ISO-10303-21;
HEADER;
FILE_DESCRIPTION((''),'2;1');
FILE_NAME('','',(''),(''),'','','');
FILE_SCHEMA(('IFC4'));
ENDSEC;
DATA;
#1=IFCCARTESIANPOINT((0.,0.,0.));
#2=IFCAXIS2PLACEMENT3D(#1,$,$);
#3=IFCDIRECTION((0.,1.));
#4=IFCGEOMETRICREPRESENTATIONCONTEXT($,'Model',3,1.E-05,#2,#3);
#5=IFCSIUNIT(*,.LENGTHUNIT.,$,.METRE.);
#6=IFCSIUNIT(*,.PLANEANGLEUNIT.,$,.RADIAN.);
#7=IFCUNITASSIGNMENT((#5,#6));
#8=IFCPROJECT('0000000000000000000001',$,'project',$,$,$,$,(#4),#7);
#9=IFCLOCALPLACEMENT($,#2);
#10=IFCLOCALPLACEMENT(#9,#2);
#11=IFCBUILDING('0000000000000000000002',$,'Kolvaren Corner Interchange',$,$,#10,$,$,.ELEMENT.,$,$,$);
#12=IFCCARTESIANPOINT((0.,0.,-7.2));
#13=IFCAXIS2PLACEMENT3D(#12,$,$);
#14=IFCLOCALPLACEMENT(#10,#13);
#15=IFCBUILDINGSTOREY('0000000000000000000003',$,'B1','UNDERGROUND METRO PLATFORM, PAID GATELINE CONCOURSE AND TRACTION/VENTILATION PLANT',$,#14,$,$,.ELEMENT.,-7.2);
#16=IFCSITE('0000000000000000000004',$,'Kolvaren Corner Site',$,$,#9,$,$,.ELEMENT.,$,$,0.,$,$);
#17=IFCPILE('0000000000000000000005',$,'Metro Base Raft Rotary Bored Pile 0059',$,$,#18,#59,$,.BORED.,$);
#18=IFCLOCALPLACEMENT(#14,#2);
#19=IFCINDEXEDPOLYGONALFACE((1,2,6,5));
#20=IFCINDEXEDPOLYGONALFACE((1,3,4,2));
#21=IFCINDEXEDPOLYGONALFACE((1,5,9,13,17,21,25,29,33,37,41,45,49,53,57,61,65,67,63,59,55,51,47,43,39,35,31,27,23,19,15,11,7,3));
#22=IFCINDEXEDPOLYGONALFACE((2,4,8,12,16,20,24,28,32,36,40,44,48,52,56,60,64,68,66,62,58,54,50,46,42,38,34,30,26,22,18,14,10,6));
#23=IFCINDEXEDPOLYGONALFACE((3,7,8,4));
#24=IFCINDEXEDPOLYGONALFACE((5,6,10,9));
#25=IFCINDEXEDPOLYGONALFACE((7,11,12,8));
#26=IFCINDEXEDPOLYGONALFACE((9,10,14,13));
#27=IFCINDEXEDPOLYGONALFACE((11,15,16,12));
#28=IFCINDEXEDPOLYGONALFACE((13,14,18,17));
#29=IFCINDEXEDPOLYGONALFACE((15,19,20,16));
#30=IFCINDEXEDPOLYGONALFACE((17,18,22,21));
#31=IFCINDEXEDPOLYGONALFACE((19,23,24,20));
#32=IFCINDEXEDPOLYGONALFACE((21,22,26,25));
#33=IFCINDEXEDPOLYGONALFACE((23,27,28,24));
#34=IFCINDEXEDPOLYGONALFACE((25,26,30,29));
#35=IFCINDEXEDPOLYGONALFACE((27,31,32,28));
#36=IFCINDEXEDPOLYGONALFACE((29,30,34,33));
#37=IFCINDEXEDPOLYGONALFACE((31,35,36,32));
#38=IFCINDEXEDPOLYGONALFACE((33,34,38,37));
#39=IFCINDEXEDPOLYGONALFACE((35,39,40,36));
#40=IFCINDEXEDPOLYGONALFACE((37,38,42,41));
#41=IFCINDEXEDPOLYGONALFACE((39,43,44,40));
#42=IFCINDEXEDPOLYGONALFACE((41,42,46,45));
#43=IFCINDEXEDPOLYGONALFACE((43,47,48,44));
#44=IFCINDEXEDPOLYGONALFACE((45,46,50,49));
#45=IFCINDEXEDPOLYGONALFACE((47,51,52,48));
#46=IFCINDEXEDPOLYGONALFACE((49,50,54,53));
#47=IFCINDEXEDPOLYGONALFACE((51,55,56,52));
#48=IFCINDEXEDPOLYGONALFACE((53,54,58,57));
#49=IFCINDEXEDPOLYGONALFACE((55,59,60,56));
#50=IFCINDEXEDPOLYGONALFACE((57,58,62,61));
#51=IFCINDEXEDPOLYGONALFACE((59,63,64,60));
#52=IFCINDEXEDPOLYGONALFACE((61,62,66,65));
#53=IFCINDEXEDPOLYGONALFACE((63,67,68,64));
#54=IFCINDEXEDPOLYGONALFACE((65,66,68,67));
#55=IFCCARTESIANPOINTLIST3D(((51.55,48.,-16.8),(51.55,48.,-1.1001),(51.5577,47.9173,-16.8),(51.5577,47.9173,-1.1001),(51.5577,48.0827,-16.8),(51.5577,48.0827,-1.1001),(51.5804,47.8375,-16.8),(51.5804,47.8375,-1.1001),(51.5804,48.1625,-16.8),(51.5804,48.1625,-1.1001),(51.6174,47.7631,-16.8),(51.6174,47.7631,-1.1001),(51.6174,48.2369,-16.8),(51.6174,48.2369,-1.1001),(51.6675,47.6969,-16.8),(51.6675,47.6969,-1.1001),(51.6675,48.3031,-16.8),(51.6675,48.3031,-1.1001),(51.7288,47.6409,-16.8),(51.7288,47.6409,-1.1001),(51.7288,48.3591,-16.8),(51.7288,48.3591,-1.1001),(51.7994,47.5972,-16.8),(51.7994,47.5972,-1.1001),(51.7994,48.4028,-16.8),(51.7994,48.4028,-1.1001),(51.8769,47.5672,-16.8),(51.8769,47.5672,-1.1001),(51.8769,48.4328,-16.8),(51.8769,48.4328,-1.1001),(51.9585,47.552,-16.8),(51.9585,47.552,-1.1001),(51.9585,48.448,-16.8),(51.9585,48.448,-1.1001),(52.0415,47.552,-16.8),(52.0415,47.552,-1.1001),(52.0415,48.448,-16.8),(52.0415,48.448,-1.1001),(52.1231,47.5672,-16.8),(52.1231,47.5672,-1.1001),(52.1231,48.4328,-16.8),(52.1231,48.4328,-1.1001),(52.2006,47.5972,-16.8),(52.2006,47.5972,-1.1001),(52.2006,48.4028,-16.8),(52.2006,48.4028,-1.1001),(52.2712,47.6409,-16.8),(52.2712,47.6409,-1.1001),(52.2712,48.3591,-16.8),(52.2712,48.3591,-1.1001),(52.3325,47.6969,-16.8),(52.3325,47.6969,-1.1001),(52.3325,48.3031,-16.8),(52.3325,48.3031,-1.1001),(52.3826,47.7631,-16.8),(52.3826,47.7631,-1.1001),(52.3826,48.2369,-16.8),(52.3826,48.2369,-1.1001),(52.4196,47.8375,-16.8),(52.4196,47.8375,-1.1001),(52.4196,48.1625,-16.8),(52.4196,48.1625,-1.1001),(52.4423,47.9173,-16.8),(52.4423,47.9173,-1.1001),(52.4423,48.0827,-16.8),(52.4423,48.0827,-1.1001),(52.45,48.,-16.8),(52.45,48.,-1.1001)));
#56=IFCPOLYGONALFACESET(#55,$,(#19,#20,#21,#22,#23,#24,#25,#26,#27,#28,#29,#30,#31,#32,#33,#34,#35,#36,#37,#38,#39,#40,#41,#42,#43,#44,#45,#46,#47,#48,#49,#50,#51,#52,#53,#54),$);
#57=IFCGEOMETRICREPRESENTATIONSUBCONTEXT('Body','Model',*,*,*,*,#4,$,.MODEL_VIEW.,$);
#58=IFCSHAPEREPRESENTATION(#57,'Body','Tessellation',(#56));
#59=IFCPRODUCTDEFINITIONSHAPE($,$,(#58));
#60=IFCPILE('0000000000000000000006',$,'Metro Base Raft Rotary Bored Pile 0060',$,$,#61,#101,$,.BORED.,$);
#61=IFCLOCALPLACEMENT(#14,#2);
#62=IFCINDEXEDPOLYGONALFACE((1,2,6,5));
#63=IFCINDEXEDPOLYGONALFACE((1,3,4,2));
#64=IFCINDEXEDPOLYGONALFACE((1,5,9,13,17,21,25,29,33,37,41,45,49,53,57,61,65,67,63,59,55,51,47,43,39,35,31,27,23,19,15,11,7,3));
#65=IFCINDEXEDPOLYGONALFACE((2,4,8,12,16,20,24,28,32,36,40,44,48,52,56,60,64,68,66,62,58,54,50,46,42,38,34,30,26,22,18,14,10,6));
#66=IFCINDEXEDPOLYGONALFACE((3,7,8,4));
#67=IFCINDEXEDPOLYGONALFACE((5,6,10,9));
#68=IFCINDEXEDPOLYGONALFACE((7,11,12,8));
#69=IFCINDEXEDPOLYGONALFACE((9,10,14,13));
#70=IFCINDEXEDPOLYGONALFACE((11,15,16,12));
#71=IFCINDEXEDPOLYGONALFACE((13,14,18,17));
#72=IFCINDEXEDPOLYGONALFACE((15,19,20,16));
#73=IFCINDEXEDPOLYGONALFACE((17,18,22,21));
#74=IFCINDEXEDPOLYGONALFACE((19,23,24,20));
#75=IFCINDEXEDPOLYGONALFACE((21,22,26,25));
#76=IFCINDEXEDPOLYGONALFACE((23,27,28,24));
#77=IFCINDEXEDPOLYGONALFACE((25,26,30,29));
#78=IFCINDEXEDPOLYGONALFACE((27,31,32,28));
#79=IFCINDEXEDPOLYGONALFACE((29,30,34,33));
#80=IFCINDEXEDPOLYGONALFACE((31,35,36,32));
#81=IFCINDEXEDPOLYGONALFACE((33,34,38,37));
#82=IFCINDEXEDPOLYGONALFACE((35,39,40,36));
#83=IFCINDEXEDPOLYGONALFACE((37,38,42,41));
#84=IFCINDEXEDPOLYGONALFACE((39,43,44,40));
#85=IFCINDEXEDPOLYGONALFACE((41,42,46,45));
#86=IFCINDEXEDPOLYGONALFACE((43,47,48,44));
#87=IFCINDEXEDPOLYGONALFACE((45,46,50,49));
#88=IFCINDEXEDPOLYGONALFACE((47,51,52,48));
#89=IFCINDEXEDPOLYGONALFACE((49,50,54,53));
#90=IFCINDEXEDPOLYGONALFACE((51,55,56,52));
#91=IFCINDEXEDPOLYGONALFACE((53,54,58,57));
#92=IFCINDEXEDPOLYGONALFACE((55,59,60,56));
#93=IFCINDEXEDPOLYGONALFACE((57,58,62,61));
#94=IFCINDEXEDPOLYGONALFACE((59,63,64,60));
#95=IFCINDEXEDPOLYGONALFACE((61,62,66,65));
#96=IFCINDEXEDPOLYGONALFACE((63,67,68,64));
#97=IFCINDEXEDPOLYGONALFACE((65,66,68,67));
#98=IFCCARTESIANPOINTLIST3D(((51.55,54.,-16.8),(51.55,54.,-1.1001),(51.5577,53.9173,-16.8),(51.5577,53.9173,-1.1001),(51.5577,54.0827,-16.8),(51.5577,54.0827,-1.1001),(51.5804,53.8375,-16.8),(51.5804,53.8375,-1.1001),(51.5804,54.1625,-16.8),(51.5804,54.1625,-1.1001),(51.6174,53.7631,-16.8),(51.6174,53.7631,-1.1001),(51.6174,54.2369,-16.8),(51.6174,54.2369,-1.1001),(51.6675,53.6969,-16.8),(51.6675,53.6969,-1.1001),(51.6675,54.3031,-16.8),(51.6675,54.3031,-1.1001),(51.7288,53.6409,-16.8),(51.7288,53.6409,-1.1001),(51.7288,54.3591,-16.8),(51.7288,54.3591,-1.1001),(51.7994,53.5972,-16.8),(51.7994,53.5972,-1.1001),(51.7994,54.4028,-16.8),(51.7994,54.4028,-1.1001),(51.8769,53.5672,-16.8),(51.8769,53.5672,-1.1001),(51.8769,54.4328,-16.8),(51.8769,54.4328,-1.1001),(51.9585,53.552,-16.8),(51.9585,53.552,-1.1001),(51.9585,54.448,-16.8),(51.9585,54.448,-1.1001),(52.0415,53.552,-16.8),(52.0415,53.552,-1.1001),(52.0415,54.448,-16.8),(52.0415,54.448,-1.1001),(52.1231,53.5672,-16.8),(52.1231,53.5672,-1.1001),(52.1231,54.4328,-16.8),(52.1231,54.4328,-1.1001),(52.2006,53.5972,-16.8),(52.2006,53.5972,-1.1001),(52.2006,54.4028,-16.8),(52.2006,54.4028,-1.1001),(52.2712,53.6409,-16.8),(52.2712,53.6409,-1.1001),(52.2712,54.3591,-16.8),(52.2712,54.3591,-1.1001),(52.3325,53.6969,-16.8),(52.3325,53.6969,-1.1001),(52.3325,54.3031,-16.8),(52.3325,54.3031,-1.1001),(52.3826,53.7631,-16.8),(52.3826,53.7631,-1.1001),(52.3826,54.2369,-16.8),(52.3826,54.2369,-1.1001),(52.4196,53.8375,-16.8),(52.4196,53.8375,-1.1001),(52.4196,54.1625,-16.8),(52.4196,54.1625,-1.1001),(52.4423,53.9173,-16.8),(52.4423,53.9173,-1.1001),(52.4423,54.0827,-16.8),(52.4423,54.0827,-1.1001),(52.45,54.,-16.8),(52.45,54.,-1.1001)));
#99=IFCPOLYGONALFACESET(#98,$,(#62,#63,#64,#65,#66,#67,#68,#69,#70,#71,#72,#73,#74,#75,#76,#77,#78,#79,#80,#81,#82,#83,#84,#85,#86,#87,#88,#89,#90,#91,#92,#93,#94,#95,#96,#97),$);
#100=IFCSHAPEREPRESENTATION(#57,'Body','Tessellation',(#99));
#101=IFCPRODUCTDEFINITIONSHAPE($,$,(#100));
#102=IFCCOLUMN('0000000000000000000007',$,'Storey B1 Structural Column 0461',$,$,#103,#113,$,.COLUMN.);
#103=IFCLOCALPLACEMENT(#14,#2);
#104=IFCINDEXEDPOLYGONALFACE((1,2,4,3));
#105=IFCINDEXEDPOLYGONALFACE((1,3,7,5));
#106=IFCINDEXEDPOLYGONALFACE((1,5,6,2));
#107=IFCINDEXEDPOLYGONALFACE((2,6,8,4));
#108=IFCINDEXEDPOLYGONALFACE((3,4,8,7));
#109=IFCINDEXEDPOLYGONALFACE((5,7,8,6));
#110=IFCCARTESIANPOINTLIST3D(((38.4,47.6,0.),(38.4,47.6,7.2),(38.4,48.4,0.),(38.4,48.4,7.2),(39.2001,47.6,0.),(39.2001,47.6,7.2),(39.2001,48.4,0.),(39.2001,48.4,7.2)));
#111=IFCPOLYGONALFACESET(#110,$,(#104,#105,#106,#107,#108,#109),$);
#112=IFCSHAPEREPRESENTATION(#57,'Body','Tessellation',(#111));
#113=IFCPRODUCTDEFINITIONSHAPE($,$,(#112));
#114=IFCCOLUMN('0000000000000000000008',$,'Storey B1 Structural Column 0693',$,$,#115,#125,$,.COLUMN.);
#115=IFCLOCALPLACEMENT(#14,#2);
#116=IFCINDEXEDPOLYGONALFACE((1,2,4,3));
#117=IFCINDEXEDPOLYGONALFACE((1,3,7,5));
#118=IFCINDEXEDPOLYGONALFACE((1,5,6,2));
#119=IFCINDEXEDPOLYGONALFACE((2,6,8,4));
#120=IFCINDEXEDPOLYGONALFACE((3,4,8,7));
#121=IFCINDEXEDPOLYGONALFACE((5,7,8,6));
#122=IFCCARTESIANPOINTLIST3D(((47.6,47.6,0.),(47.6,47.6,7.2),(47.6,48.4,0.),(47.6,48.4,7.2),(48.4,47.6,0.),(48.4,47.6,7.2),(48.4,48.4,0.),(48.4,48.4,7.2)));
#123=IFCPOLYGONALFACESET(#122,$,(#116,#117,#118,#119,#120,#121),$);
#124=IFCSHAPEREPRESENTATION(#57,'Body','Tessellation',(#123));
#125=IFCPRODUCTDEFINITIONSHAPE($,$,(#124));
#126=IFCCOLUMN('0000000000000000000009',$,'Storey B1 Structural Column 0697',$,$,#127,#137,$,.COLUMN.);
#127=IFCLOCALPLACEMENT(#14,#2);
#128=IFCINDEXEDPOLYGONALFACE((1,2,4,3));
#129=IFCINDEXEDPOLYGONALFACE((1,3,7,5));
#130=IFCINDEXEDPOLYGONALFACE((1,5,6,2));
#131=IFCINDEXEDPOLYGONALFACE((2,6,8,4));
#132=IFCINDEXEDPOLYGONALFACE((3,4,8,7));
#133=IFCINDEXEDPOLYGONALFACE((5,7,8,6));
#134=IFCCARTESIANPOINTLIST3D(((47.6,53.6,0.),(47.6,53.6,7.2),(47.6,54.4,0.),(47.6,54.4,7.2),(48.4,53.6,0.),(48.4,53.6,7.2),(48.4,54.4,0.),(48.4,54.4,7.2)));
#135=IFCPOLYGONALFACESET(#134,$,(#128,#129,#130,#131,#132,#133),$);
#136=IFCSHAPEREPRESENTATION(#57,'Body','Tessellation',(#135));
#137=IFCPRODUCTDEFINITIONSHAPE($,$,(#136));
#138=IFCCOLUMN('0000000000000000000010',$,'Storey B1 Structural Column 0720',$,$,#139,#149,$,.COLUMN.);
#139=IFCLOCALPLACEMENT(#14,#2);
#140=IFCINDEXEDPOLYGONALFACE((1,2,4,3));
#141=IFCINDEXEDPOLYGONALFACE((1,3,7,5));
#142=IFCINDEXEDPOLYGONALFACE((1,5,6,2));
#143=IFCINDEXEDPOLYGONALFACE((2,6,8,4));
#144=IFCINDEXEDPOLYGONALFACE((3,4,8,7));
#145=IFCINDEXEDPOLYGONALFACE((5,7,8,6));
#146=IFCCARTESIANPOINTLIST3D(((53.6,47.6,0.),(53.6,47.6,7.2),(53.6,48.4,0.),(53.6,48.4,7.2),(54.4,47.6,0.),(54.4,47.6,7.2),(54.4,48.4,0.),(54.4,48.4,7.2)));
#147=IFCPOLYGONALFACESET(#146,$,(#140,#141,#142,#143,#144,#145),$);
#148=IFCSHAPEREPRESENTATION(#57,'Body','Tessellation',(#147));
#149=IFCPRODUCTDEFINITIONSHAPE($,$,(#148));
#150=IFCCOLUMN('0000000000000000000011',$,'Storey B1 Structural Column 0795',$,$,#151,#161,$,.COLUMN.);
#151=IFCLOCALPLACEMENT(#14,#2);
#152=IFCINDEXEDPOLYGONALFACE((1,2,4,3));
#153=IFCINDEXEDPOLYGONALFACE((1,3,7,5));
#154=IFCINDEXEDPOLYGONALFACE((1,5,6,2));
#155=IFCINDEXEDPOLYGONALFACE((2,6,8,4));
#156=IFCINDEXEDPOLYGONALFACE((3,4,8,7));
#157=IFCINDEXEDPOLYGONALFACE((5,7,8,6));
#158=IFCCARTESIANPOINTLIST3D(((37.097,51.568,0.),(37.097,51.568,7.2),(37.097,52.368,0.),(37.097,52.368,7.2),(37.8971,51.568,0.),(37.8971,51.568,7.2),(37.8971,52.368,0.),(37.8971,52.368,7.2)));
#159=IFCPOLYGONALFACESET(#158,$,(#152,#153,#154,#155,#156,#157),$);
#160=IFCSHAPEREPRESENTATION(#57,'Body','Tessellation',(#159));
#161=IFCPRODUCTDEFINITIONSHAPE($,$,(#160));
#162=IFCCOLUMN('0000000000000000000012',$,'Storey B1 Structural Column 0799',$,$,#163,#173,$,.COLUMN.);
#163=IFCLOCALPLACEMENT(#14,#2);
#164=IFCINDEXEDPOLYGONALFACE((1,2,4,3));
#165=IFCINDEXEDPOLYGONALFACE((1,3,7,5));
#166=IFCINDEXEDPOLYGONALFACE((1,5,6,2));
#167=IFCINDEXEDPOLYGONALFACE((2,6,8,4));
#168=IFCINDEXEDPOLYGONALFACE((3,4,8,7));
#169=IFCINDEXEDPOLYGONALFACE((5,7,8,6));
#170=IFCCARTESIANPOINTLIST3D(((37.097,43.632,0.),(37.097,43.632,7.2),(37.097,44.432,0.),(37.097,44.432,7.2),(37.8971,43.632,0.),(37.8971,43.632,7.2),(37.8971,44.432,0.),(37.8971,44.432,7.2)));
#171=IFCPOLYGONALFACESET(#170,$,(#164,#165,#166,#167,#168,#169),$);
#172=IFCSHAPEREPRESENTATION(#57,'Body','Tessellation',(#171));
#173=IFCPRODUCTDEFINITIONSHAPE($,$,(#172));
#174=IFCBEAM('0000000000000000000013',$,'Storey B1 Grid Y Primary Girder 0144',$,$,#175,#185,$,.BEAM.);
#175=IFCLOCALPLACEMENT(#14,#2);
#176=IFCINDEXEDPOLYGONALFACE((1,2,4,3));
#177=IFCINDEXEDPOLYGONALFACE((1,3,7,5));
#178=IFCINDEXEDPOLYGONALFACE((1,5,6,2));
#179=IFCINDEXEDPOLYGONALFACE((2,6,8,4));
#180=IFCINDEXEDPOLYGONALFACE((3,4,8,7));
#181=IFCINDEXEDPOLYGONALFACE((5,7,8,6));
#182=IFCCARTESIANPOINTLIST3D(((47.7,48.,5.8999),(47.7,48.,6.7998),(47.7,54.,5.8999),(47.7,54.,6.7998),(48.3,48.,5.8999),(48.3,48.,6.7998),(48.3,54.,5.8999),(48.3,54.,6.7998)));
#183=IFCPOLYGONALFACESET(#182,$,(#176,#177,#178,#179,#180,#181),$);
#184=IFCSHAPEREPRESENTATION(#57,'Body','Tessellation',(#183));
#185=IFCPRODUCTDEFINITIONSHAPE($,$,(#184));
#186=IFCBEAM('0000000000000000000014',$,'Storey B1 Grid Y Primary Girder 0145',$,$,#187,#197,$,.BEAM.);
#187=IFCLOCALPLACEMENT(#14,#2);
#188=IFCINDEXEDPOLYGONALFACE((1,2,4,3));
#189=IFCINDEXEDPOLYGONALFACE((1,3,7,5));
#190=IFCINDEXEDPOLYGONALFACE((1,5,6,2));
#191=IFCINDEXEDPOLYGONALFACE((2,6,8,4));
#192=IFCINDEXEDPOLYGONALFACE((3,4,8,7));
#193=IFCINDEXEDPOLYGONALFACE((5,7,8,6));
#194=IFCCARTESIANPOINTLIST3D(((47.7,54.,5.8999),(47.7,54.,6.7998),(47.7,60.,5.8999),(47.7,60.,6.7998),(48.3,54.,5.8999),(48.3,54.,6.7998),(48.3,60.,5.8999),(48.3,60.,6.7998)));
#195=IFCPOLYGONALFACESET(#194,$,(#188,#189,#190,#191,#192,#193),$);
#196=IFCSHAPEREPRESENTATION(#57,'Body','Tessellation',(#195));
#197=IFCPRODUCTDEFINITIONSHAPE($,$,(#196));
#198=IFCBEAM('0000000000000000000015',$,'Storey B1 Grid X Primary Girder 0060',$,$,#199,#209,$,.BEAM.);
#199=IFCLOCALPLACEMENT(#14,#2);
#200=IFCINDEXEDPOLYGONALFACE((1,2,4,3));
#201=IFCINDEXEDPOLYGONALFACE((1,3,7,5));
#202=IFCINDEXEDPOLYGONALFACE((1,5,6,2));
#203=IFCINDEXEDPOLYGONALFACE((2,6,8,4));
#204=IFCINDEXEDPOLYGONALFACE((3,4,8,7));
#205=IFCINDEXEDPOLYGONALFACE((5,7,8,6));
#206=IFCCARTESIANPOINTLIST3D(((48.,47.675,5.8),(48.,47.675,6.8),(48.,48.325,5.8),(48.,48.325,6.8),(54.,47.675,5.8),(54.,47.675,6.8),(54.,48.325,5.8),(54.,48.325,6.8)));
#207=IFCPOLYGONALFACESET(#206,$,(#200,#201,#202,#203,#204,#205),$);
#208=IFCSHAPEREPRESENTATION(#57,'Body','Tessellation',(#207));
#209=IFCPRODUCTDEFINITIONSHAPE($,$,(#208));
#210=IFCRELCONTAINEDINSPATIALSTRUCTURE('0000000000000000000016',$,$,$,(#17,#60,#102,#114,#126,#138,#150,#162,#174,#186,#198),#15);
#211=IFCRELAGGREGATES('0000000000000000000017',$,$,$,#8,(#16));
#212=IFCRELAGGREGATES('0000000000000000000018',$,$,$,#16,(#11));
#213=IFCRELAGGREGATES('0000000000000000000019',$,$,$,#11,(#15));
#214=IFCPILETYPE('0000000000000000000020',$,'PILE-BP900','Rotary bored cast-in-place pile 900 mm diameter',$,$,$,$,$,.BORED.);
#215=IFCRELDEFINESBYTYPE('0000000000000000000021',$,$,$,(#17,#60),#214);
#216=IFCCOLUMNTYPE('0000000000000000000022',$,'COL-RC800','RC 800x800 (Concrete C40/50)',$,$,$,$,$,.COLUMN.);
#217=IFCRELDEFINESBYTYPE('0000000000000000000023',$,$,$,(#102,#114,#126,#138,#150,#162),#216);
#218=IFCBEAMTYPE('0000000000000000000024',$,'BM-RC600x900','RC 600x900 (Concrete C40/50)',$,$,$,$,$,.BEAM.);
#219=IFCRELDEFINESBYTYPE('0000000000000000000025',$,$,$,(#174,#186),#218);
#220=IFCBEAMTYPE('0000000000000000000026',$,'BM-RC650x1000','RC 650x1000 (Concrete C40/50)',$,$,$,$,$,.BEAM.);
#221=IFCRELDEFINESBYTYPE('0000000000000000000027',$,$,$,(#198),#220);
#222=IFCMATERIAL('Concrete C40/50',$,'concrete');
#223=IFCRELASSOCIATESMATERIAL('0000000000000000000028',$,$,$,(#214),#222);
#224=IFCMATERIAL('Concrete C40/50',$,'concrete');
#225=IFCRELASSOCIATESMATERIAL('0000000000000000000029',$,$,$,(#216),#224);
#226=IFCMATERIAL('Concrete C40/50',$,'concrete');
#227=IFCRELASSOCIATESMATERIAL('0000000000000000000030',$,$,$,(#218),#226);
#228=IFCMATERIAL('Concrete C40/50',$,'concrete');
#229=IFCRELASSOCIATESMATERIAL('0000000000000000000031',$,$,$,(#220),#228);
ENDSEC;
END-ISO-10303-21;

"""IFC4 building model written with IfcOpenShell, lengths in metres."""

from ifc_helpers import new_model, si_unit, direction, frame, origin, origin_2d, place, context, subcontext, project, spatial, rectangle, circle, extrude, material, material_profile, profile_set, type_object, element, save


model = new_model("IFC4")

# Units and contexts
model_context = context("Model", 3, precision=1e-05, world=origin(), true_north=direction((0.0, 1.0)))
body_context = subcontext(model_context, "Body", "Model", "MODEL_VIEW")
ifc_project = project(units=[si_unit("LENGTHUNIT", "METRE"), si_unit("PLANEANGLEUNIT", "RADIAN")], contexts=[model_context])

# Site, building, storey
site_placement = place(None, origin())
site = spatial("IfcSite", under=ifc_project, at=site_placement, Name="Kolvaren Corner Site", CompositionType="ELEMENT", RefElevation=0.0)
building_placement = place(site_placement, origin())
building = spatial("IfcBuilding", under=site, at=building_placement, Name="Kolvaren Corner Interchange", CompositionType="ELEMENT")
storey_placement = place(building_placement, frame((0.0, 0.0, -7.2)))
storey = spatial("IfcBuildingStorey", under=building, at=storey_placement, Name="B1", Description="UNDERGROUND METRO PLATFORM, PAID GATELINE CONCOURSE AND TRACTION/VENTILATION PLANT", CompositionType="ELEMENT", Elevation=-7.2)

# Piles
ifc_material_1 = material(Name="Concrete C40/50", Category="concrete")
ifc_material_profile_1 = material_profile(ifc_material_1, circle(Radius=0.45, at=origin_2d()), Name="BORED PILE 900")
ifc_profile_set_1 = profile_set([ifc_material_profile_1], Name="Concrete C40/50")
pile_type = type_object("IfcPileType", Name="PILE-BP900", Description="Rotary bored cast-in-place pile 900 mm diameter", PredefinedType="BORED", material=ifc_profile_set_1)
for number, where, z_axis, x_axis, name in (
    (1, (52.0, 48.0, -1.1001), (0.0, 0.0, -1.0), (1.0, 0.0, 0.0), "Metro Base Raft Rotary Bored Pile 0059"),
    (2, (52.0, 54.0, -1.1001), (0.0, 0.0, -1.0), (1.0, 0.0, 0.0), "Metro Base Raft Rotary Bored Pile 0060"),
):
    element("IfcPile", number, at=place(storey_placement, frame(where, z_axis=z_axis, x_axis=x_axis)), inside=storey, type_object=pile_type, Name=name, PredefinedType="BORED", context=body_context, shape_type="SweptSolid", body=[
        extrude(circle(Radius=0.45, at=origin_2d()), origin(), (0.0, 0.0, 1.0), 15.7),
    ])

# Columns
ifc_material_2 = material(Name="Concrete C40/50", Category="concrete")
ifc_material_profile_2 = material_profile(ifc_material_2, rectangle(XDim=0.8, YDim=0.8, at=origin_2d()), Name="RC 800x800")
ifc_profile_set_2 = profile_set([ifc_material_profile_2], Name="Concrete C40/50")
column_type = type_object("IfcColumnType", Name="COL-RC800", Description="RC 800x800 (Concrete C40/50)", PredefinedType="COLUMN", material=ifc_profile_set_2)
for number, where, z_axis, x_axis, name in (
    (3, (38.8, 48.0, 0.0), (0.0, 0.0, 1.0), (1.0, 0.0, 0.0), "Storey B1 Structural Column 0461"),
    (4, (48.0, 48.0, 0.0), (0.0, 0.0, 1.0), (1.0, 0.0, 0.0), "Storey B1 Structural Column 0693"),
    (5, (48.0, 54.0, 0.0), (0.0, 0.0, 1.0), (1.0, 0.0, 0.0), "Storey B1 Structural Column 0697"),
    (6, (54.0, 48.0, 0.0), (0.0, 0.0, 1.0), (1.0, 0.0, 0.0), "Storey B1 Structural Column 0720"),
    (7, (37.4971, 51.968, 0.0), (0.0, 0.0, 1.0), (1.0, 0.0, 0.0), "Storey B1 Structural Column 0795"),
    (8, (37.4971, 44.032, 0.0), (0.0, 0.0, 1.0), (1.0, 0.0, 0.0), "Storey B1 Structural Column 0799"),
):
    element("IfcColumn", number, at=place(storey_placement, frame(where, z_axis=z_axis, x_axis=x_axis)), inside=storey, type_object=column_type, Name=name, PredefinedType="COLUMN", context=body_context, shape_type="SweptSolid", body=[
        extrude(rectangle(XDim=0.8, YDim=0.8, at=origin_2d()), origin(), (0.0, 0.0, 1.0), 7.2),
    ])

# Beams
ifc_material_3 = material(Name="Concrete C40/50", Category="concrete")
ifc_material_profile_3 = material_profile(ifc_material_3, rectangle(XDim=0.6001, YDim=0.8999, at=origin_2d()), Name="RC 600x900")
ifc_profile_set_3 = profile_set([ifc_material_profile_3], Name="Concrete C40/50")
beam_type_1 = type_object("IfcBeamType", Name="BM-RC600x900", Description="RC 600x900 (Concrete C40/50)", PredefinedType="BEAM", material=ifc_profile_set_3)
for number, where, z_axis, x_axis, name in (
    (9, (48.0, 48.0, 6.3499), (0.0, 1.0, 0.0), (-1.0, 0.0, 0.0), "Storey B1 Grid Y Primary Girder 0144"),
    (10, (48.0, 54.0, 6.3499), (0.0, 1.0, 0.0), (-1.0, 0.0, 0.0), "Storey B1 Grid Y Primary Girder 0145"),
):
    element("IfcBeam", number, at=place(storey_placement, frame(where, z_axis=z_axis, x_axis=x_axis)), inside=storey, type_object=beam_type_1, Name=name, PredefinedType="BEAM", context=body_context, shape_type="SweptSolid", body=[
        extrude(rectangle(XDim=0.6001, YDim=0.8999, at=origin_2d()), origin(), (0.0, 0.0, 1.0), 6.0),
    ])
ifc_material_4 = material(Name="Concrete C40/50", Category="concrete")
ifc_material_profile_4 = material_profile(ifc_material_4, rectangle(XDim=0.6499, YDim=1.0, at=origin_2d()), Name="RC 650x1000")
ifc_profile_set_4 = profile_set([ifc_material_profile_4], Name="Concrete C40/50")
beam_type_2 = type_object("IfcBeamType", Name="BM-RC650x1000", Description="RC 650x1000 (Concrete C40/50)", PredefinedType="BEAM", material=ifc_profile_set_4)
beam_1_placement = place(storey_placement, frame((48.0, 48.0, 6.3), z_axis=(1.0, 0.0, 0.0), x_axis=(0.0, 1.0, 0.0)))
element("IfcBeam", 11, at=beam_1_placement, inside=storey, type_object=beam_type_2, Name="Storey B1 Grid X Primary Girder 0060", PredefinedType="BEAM", context=body_context, shape_type="SweptSolid", body=[
    extrude(rectangle(XDim=0.6499, YDim=1.0, at=origin_2d()), origin(), (0.0, 0.0, 1.0), 6.0),
])

save(model, "model.ifc")
